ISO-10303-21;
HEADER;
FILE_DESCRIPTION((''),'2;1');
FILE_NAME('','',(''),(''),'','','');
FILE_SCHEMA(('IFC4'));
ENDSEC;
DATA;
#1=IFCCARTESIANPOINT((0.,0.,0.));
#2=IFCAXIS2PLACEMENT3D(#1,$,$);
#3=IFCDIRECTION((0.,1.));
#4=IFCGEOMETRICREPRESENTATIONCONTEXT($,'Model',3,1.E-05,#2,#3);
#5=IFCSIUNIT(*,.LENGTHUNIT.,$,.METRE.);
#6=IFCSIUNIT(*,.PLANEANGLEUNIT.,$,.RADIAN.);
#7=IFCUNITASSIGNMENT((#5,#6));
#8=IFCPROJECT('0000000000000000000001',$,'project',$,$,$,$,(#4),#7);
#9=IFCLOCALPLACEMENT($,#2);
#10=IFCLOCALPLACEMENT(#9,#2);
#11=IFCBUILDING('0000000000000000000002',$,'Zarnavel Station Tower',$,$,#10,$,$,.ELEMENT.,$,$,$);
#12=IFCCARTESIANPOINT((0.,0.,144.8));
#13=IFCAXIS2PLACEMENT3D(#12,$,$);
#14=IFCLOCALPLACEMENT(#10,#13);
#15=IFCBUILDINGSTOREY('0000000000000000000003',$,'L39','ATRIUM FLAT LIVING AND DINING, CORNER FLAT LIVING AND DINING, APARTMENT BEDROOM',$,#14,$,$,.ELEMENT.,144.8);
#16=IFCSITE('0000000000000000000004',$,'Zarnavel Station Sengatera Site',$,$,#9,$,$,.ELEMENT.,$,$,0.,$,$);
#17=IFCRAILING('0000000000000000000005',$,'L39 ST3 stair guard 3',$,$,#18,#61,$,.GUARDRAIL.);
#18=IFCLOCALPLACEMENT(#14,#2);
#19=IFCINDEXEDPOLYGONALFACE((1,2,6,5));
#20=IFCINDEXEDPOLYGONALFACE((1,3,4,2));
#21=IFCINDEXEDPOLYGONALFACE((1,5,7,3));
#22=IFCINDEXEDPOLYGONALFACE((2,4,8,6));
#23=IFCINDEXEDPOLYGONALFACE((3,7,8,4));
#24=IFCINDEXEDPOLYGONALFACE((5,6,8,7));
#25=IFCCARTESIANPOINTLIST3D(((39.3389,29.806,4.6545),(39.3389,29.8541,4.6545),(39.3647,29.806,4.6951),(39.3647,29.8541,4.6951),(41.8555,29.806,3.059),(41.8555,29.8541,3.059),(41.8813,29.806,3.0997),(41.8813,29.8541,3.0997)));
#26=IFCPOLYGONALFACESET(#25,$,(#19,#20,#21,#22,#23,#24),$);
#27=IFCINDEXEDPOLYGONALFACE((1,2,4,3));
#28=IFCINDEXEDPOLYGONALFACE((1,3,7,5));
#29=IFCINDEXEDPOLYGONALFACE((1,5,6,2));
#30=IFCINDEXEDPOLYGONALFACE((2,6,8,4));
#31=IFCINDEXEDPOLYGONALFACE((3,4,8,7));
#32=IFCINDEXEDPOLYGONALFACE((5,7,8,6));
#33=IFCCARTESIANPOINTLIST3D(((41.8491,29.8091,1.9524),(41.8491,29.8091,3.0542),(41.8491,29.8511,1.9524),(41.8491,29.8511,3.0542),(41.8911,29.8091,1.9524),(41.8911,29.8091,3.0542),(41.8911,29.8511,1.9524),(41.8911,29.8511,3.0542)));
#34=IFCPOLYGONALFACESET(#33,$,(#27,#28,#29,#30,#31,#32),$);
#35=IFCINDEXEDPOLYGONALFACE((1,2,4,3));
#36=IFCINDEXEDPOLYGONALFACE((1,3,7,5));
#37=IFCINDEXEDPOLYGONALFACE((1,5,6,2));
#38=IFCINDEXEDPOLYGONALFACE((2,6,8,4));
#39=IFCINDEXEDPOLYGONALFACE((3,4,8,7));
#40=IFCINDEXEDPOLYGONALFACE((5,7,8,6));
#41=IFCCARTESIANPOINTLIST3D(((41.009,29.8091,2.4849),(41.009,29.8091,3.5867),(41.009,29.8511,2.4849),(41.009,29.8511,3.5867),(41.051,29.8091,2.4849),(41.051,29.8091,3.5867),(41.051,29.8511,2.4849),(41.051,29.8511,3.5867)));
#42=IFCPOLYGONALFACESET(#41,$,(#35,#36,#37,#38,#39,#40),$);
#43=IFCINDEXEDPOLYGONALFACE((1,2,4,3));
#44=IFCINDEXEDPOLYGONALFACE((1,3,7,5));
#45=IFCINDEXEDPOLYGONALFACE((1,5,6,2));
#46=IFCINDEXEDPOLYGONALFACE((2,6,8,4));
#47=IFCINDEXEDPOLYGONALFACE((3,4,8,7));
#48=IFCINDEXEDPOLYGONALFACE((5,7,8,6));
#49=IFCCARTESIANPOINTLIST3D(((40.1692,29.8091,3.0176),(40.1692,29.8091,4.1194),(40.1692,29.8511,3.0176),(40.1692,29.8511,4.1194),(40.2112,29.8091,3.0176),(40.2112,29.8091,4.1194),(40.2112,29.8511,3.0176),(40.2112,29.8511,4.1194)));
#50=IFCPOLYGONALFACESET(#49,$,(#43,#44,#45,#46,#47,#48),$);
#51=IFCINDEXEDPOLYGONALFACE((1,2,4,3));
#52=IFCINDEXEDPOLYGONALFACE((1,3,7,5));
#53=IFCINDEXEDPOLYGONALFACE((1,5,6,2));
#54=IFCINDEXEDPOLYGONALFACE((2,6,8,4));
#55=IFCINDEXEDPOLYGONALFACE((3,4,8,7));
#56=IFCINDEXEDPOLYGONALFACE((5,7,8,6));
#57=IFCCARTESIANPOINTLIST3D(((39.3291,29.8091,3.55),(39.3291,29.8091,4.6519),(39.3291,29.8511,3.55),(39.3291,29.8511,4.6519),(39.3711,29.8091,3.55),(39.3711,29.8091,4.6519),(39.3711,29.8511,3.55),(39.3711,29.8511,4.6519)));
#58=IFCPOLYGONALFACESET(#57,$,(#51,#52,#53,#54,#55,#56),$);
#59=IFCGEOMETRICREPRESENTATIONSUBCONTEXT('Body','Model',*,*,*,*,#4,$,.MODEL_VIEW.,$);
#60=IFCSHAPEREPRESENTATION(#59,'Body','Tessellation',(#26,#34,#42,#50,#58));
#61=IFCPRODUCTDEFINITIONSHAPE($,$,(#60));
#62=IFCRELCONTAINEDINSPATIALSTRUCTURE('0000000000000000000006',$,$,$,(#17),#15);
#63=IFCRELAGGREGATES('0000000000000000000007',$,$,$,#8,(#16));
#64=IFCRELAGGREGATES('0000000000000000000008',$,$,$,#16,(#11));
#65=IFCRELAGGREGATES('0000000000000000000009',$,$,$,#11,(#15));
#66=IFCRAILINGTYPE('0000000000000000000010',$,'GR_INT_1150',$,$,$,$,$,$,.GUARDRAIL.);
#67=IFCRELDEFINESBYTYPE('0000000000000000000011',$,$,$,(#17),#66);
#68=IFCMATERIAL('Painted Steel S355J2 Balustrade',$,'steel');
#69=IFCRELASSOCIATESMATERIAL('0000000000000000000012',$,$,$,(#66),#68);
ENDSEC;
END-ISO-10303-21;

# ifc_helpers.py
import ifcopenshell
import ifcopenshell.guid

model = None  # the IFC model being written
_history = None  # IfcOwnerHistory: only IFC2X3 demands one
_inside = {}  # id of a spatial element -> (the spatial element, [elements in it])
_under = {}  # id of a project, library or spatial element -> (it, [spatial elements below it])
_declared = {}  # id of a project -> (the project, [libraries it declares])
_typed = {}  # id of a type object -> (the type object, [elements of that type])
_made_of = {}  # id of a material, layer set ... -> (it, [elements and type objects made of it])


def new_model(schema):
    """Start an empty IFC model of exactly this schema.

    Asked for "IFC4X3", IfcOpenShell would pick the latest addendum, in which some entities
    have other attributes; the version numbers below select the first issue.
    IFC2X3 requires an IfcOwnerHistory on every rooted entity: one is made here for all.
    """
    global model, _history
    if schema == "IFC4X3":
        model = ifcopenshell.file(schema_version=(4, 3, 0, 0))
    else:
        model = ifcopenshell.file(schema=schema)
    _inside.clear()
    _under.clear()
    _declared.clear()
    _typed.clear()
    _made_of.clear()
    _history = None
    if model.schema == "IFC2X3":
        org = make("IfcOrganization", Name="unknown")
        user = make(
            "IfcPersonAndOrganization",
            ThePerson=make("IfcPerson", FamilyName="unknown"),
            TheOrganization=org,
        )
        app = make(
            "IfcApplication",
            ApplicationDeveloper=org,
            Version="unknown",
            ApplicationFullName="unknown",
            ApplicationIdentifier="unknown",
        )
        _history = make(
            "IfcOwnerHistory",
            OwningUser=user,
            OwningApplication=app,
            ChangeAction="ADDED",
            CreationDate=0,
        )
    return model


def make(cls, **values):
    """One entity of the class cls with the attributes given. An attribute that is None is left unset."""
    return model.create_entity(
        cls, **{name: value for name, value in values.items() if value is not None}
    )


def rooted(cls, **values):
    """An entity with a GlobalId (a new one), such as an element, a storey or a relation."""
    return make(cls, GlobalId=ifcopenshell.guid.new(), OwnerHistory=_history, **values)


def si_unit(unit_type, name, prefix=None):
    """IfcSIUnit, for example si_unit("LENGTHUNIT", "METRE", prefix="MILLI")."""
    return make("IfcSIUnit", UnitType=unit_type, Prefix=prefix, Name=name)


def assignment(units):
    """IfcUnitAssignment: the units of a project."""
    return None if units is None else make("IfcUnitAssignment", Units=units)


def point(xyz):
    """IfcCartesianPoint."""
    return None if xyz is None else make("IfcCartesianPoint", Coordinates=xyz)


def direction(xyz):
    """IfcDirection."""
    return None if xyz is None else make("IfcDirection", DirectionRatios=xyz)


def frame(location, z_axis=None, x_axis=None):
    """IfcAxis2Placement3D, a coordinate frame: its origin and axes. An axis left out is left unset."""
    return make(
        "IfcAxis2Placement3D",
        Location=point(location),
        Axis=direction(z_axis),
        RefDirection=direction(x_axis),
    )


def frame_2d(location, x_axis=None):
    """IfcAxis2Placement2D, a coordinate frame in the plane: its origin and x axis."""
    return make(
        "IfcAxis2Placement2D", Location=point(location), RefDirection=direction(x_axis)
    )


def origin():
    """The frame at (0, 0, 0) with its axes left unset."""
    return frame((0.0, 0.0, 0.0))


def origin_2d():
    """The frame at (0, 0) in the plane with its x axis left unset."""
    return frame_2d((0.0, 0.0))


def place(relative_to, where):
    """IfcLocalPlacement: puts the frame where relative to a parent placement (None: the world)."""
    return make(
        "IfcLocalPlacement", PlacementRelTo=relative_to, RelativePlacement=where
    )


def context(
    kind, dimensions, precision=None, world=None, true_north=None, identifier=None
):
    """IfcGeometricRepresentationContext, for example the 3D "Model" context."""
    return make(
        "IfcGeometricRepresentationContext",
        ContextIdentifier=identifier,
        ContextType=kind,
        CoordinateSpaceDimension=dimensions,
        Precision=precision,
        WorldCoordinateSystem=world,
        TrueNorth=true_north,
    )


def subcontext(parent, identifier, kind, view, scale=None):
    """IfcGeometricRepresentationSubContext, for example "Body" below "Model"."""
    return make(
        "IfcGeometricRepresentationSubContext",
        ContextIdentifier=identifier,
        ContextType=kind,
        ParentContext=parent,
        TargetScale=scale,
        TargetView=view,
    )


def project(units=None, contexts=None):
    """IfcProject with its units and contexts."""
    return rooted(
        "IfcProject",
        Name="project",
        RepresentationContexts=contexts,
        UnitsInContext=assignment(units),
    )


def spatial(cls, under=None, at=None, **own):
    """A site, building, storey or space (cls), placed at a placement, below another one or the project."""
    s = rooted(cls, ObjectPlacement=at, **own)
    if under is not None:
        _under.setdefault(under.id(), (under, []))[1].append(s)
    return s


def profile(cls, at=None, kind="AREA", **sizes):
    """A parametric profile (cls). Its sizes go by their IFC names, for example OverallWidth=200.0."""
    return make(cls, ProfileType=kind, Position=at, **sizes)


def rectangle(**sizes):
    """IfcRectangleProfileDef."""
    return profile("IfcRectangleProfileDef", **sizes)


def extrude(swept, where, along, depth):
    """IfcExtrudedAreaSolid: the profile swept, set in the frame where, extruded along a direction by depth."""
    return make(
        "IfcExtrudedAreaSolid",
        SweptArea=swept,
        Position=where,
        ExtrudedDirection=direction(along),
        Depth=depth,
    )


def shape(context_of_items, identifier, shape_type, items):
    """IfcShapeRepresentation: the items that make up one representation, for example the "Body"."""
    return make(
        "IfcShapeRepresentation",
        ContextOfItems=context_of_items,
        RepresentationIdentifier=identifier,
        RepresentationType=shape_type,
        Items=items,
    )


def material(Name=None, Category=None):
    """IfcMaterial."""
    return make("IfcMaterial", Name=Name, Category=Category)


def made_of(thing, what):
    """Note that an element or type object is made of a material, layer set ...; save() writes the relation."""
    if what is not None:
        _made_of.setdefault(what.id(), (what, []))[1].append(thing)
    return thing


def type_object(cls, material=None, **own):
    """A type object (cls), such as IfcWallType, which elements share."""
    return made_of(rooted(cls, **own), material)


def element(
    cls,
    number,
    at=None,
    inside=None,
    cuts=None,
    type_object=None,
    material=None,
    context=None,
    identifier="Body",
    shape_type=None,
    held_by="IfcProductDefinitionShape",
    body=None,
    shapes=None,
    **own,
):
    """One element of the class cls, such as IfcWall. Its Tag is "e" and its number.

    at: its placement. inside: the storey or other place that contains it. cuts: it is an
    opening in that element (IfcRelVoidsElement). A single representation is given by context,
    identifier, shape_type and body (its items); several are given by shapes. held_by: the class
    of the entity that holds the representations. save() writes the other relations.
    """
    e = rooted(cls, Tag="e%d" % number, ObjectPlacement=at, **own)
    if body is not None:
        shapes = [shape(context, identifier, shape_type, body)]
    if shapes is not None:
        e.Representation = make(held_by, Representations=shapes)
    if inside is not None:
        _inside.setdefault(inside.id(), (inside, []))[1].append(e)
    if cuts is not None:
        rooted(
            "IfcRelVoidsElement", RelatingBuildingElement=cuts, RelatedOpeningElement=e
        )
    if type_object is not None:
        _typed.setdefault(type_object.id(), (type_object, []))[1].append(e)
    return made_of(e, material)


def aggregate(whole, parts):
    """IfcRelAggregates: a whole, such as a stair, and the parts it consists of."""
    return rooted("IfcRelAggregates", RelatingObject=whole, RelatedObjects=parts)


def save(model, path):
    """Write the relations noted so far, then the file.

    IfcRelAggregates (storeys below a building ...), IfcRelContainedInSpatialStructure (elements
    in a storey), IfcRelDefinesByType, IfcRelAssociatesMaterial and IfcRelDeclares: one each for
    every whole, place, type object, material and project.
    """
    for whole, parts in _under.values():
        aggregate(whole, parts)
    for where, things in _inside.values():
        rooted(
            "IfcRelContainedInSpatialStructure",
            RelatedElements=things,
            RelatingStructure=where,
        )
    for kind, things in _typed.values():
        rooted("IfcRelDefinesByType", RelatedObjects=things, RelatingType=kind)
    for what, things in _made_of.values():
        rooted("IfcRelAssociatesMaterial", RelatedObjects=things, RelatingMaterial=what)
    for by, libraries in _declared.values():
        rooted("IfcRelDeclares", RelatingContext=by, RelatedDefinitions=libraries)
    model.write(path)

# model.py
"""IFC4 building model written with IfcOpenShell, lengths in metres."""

from ifc_helpers import new_model, si_unit, direction, frame, origin, origin_2d, place, context, subcontext, project, spatial, rectangle, extrude, material, type_object, element, save


model = new_model("IFC4")

# Units and contexts
model_context = context("Model", 3, precision=1e-05, world=origin(), true_north=direction((0.0, 1.0)))
body_context = subcontext(model_context, "Body", "Model", "MODEL_VIEW")
ifc_project = project(units=[si_unit("LENGTHUNIT", "METRE"), si_unit("PLANEANGLEUNIT", "RADIAN")], contexts=[model_context])

# Site, building, storey
site_placement = place(None, origin())
site = spatial("IfcSite", under=ifc_project, at=site_placement, Name="Zarnavel Station Sengatera Site", CompositionType="ELEMENT", RefElevation=0.0)
building_placement = place(site_placement, origin())
building = spatial("IfcBuilding", under=site, at=building_placement, Name="Zarnavel Station Tower", CompositionType="ELEMENT")
storey_placement = place(building_placement, frame((0.0, 0.0, 144.8)))
storey = spatial("IfcBuildingStorey", under=building, at=storey_placement, Name="L39", Description="ATRIUM FLAT LIVING AND DINING, CORNER FLAT LIVING AND DINING, APARTMENT BEDROOM", CompositionType="ELEMENT", Elevation=144.8)

# Railing
ifc_material_1 = material(Name="Painted Steel S355J2 Balustrade", Category="steel")
railing_type = type_object("IfcRailingType", Name="GR_INT_1150", PredefinedType="GUARDRAIL", material=ifc_material_1)
railing_1_placement = place(storey_placement, frame((41.8701, 29.8301, 1.9524)))
element("IfcRailing", 1, at=railing_1_placement, inside=storey, type_object=railing_type, Name="L39 ST3 stair guard 3", PredefinedType="GUARDRAIL", context=body_context, shape_type="SweptSolid", body=[
    extrude(rectangle(XDim=0.0481, YDim=0.0481, at=origin_2d()), frame((-0.0017, 0.0, 1.127), z_axis=(-0.84457, 0.0, 0.535445), x_axis=(0.0, -1.0, 0.0)), (0.0, 0.0, 1.0), 2.9797),
    extrude(rectangle(XDim=0.042, YDim=0.042, at=origin_2d()), origin(), (0.0, 0.0, 1.0), 1.1018),
    extrude(rectangle(XDim=0.042, YDim=0.042, at=origin_2d()), frame((-0.8401, 0.0, 0.5325)), (0.0, 0.0, 1.0), 1.1018),
    extrude(rectangle(XDim=0.042, YDim=0.042, at=origin_2d()), frame((-1.6799, 0.0, 1.0652)), (0.0, 0.0, 1.0), 1.1018),
    extrude(rectangle(XDim=0.042, YDim=0.042, at=origin_2d()), frame((-2.52, 0.0, 1.5977)), (0.0, 0.0, 1.0), 1.1018),
])

save(model, "model.ifc")
